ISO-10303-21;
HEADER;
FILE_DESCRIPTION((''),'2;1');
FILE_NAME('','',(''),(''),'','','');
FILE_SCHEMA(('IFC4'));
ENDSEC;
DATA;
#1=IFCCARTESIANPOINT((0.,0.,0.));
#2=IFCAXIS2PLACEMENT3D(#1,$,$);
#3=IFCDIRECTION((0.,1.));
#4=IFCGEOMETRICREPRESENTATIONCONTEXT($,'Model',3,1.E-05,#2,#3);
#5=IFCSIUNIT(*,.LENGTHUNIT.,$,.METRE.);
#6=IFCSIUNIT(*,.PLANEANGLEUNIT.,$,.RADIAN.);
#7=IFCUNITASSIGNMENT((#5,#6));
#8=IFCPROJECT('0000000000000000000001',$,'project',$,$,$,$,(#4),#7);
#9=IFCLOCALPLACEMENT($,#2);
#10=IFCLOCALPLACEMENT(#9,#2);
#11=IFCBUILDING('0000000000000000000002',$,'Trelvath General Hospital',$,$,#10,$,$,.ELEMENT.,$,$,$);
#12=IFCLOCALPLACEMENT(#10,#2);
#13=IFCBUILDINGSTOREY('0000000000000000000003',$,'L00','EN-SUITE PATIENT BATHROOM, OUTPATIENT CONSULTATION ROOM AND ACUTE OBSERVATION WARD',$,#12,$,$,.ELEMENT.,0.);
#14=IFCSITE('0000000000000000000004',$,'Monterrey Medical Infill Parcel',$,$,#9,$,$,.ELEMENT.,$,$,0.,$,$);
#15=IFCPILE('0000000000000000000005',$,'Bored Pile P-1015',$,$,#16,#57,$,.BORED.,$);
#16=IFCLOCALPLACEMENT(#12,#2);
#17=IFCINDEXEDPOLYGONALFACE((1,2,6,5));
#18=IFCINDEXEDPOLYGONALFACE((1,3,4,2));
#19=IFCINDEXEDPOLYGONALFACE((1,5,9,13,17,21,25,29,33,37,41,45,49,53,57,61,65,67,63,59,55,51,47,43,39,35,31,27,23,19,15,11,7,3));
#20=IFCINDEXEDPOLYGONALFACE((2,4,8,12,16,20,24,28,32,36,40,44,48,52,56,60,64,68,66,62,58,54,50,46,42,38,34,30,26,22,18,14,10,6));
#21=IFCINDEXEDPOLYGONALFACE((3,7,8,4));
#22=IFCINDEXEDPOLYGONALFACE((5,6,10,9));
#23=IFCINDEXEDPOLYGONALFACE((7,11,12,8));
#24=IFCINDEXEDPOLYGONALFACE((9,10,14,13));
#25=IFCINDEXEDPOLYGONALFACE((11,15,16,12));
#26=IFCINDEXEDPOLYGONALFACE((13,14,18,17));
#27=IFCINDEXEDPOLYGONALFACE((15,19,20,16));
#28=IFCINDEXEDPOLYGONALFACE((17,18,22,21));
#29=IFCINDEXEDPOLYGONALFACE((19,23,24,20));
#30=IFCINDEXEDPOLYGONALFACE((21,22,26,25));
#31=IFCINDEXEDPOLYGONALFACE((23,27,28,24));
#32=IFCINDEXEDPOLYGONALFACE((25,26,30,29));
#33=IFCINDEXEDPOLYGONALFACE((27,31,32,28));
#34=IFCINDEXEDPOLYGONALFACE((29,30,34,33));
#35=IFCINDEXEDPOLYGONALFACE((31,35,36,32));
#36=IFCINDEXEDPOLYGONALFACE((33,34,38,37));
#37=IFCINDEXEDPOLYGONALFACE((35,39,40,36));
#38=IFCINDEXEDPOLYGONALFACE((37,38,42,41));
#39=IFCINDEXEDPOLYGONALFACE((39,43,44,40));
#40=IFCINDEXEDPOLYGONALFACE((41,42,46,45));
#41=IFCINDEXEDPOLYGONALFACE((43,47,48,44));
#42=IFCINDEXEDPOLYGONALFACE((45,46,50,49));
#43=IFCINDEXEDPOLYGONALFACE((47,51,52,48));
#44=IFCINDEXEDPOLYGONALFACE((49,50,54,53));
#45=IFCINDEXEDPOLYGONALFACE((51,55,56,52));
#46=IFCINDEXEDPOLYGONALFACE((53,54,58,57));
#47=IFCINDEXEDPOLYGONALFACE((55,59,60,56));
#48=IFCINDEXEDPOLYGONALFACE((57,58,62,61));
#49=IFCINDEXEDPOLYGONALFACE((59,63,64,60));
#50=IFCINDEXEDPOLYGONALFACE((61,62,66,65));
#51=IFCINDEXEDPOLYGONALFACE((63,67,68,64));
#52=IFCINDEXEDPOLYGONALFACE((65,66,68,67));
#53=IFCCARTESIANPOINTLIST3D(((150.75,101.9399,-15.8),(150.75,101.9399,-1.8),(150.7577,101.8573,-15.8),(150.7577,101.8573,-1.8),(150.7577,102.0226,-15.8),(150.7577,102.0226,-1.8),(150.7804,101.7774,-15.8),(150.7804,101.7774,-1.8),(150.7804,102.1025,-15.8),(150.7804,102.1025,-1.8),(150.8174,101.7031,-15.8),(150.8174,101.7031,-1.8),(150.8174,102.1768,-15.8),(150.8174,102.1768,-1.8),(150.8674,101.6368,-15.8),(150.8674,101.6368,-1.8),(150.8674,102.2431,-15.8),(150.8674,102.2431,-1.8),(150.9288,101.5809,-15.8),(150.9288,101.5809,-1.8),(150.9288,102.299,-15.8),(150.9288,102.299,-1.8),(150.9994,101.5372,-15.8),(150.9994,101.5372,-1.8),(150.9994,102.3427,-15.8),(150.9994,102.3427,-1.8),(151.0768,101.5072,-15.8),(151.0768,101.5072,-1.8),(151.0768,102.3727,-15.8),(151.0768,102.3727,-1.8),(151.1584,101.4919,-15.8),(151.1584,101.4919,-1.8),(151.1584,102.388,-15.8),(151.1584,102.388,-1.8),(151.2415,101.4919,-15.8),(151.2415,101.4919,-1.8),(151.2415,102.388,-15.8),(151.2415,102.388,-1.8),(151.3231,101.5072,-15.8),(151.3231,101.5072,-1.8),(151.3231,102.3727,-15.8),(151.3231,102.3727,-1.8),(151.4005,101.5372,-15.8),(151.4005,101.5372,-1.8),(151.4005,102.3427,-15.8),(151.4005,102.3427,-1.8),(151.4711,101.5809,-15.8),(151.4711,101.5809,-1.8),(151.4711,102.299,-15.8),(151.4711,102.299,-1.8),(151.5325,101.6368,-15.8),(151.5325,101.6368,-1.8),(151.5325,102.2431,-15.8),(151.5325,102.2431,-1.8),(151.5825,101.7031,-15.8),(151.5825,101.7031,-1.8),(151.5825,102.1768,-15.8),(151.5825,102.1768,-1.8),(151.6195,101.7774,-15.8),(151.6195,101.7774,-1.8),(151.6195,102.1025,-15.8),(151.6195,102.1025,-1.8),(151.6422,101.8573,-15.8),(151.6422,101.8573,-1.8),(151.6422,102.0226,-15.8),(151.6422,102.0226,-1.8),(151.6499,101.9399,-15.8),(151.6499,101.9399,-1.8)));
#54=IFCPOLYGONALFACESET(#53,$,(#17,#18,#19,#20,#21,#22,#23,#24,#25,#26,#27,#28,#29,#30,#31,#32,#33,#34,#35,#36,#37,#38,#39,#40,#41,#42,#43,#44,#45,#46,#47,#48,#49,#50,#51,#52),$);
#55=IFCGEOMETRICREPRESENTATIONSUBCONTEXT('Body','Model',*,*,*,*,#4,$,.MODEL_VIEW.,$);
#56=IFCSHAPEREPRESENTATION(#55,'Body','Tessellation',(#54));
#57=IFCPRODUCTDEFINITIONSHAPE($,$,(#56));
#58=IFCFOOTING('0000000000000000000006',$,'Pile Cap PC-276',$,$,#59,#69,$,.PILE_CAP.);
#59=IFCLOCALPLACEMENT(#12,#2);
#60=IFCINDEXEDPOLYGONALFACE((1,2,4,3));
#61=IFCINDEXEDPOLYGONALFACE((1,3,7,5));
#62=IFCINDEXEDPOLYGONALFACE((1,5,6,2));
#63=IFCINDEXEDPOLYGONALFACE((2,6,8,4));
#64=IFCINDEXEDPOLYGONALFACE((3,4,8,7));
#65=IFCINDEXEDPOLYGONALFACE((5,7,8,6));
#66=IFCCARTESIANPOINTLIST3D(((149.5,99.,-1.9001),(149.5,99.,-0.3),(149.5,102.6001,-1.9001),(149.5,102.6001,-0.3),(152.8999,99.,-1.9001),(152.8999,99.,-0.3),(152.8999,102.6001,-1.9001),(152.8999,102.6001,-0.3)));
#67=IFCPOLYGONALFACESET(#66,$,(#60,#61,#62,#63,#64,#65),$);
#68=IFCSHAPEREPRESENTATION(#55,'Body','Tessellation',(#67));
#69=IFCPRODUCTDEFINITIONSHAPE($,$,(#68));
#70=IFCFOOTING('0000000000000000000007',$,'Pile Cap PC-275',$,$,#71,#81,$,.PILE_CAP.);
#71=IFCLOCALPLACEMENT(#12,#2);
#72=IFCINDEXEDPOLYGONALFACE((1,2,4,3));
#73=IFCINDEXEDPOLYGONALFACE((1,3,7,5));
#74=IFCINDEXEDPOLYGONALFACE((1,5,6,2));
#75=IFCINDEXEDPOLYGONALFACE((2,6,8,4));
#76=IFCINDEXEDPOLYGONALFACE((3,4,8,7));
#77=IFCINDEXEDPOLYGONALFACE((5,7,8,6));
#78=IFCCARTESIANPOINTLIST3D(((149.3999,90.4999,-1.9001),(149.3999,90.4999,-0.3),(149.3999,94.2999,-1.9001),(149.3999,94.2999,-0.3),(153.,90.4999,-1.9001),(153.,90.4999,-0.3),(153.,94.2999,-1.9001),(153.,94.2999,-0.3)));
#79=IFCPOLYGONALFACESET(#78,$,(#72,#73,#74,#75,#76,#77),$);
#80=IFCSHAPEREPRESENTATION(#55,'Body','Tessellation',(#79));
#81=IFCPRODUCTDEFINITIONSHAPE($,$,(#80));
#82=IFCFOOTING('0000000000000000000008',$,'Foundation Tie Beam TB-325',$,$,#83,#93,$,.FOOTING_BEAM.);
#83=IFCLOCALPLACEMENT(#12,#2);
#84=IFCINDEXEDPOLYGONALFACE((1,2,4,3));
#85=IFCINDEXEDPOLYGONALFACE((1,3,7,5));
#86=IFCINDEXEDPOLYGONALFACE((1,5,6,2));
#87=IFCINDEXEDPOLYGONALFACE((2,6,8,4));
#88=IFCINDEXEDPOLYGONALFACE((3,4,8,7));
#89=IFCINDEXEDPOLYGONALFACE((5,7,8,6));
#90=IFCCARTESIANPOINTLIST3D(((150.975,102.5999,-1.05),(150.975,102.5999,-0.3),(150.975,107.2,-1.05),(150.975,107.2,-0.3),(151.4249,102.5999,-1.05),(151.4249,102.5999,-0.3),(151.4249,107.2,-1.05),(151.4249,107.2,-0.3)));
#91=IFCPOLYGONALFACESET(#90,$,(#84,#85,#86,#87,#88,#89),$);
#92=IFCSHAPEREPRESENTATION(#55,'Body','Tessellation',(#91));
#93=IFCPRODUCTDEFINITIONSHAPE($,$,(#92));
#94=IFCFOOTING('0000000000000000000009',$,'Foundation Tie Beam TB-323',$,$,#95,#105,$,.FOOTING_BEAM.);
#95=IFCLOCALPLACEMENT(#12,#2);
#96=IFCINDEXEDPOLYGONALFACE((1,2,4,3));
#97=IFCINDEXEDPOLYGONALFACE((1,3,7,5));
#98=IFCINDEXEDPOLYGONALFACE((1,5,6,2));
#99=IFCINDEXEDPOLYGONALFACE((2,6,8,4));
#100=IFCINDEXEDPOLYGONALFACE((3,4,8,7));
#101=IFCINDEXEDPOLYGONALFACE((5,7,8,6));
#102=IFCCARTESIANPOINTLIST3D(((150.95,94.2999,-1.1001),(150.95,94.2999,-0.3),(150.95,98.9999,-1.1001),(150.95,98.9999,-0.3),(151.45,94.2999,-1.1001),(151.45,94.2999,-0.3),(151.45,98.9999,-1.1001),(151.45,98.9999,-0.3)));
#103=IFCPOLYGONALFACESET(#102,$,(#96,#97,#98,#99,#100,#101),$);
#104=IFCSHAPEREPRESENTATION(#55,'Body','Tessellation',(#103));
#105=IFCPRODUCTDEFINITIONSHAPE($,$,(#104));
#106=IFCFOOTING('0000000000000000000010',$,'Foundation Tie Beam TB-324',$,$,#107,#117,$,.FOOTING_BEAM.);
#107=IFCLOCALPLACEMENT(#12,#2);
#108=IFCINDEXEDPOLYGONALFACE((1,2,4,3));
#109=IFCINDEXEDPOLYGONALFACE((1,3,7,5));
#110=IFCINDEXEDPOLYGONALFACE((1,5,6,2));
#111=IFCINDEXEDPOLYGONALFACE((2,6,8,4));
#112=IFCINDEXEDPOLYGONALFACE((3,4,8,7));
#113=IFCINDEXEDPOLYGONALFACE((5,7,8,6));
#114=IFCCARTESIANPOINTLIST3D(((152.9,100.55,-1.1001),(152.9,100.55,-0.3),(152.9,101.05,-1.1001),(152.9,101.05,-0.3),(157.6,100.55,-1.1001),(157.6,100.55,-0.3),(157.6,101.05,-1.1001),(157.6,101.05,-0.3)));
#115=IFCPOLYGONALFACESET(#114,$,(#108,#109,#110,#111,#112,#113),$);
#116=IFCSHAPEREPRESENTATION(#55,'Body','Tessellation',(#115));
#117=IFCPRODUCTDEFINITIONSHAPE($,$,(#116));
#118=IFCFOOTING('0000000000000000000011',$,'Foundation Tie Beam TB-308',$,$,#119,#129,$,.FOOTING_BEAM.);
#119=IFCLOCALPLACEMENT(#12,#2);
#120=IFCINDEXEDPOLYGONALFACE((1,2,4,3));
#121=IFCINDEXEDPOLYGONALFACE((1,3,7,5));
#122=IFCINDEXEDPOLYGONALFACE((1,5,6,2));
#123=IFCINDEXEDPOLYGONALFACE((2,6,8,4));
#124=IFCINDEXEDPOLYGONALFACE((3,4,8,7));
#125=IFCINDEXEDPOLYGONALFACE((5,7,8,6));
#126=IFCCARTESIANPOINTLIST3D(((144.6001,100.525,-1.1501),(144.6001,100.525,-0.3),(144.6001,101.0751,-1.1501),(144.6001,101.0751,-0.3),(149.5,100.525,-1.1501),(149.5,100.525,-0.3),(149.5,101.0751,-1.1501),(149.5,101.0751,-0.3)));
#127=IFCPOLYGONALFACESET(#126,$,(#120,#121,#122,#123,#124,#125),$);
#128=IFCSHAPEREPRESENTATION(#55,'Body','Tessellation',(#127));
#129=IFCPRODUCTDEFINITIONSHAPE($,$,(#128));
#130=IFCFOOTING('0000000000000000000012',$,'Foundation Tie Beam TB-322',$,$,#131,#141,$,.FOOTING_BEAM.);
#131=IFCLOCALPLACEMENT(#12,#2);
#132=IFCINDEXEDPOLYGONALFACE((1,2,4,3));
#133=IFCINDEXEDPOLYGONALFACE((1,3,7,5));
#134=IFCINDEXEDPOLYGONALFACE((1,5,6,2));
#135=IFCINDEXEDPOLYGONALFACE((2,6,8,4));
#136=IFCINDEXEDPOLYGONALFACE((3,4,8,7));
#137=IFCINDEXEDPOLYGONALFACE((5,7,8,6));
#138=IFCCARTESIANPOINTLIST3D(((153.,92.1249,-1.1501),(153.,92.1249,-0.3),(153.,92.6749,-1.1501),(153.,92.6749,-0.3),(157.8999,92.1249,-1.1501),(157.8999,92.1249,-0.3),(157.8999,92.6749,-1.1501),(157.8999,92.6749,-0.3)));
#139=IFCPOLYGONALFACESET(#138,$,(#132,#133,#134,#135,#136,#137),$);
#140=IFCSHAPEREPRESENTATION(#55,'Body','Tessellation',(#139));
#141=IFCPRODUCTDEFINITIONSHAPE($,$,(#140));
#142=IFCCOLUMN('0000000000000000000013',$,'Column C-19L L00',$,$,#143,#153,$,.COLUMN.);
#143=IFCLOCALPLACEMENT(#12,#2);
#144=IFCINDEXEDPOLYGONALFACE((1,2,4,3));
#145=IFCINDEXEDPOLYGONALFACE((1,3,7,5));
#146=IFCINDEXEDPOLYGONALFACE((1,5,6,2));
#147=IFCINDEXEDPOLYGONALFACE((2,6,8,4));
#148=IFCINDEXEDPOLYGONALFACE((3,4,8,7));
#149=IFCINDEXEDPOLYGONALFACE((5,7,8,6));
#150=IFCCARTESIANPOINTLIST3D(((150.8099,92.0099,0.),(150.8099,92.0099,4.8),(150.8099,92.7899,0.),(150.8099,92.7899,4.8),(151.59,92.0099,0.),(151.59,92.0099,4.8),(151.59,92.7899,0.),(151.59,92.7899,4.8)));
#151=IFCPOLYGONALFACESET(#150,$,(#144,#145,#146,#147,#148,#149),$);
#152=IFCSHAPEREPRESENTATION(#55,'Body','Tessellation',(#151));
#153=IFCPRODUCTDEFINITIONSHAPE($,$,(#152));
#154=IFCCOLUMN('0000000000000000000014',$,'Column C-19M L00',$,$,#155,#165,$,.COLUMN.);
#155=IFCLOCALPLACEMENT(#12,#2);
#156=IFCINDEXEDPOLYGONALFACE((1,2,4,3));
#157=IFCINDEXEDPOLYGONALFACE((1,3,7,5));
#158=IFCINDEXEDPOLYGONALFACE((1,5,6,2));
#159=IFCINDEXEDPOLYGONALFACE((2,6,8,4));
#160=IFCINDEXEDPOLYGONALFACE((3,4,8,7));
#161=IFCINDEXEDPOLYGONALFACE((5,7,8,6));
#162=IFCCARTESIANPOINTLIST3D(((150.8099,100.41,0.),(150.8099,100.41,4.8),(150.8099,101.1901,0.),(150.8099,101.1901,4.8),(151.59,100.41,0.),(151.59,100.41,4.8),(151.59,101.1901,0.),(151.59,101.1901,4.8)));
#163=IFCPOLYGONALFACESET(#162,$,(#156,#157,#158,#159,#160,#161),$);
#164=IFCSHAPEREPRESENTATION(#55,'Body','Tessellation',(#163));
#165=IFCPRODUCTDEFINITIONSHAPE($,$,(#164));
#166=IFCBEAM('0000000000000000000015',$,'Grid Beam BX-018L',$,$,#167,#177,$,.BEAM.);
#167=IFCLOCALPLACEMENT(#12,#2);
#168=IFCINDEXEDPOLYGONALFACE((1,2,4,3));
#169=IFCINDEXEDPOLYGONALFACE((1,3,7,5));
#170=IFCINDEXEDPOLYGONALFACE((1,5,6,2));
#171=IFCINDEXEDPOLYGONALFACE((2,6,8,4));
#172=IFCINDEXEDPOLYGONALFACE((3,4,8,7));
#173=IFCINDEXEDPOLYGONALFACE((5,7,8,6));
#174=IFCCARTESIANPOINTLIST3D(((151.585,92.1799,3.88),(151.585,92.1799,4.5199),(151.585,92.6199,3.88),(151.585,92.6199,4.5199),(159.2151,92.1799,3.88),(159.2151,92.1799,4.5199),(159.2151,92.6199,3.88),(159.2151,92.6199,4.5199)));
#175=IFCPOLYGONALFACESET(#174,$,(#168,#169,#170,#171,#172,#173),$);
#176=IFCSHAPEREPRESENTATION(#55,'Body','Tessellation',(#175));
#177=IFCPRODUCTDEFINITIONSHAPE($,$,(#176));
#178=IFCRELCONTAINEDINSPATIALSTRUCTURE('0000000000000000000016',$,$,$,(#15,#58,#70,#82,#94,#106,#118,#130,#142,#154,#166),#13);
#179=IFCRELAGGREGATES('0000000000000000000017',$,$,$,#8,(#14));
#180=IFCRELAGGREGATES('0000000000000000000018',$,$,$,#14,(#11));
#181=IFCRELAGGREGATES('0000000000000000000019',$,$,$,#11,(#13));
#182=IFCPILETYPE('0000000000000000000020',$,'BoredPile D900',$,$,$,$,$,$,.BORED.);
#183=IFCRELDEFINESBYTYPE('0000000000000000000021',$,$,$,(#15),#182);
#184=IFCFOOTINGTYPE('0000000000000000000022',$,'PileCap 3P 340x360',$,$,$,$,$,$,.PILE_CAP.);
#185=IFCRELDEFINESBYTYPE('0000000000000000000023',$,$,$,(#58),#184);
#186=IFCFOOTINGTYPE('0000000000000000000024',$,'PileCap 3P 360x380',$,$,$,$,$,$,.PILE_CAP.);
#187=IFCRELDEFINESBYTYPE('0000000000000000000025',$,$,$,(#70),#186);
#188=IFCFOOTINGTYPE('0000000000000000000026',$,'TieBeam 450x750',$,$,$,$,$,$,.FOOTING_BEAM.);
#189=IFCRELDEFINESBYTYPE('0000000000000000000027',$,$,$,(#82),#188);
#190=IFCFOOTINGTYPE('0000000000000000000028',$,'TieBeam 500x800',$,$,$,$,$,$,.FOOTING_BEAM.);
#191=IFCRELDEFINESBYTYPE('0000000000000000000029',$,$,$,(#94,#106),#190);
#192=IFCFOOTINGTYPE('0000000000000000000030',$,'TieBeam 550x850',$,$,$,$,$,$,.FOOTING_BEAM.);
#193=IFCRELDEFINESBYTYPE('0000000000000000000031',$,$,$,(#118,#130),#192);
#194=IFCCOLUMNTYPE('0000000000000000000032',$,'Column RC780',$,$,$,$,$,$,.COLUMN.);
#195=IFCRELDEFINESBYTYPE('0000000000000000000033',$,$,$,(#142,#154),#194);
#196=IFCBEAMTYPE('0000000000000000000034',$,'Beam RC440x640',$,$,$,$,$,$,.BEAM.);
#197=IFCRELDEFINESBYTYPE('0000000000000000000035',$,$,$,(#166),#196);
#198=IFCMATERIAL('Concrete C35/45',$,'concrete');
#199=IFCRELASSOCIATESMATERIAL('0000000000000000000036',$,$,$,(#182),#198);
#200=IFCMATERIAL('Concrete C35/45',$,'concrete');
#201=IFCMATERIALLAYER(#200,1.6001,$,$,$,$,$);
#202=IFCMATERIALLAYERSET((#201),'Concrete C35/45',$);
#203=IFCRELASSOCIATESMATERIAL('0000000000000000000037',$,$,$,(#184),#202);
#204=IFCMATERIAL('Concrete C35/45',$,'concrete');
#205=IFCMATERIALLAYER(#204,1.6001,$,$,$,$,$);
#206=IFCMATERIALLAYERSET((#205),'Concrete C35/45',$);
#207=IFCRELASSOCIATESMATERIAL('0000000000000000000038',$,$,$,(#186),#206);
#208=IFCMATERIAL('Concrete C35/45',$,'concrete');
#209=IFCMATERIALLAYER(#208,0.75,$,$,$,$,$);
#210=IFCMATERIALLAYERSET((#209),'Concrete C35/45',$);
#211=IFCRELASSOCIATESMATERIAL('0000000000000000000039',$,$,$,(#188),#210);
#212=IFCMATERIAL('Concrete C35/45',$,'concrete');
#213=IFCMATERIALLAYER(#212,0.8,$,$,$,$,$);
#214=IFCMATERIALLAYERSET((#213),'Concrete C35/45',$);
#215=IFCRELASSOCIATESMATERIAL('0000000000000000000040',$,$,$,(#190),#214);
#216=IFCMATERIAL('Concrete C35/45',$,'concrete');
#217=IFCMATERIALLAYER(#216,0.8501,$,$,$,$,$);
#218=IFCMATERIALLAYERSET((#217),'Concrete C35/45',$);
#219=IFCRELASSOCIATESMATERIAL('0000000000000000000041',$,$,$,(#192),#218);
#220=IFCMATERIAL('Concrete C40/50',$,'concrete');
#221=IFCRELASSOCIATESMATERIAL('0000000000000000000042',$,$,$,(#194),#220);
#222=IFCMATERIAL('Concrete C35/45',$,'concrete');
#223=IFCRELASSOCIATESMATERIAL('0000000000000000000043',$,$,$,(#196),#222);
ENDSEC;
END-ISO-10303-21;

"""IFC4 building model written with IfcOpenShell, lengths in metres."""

from ifc_helpers import new_model, si_unit, direction, frame, origin, origin_2d, place, context, subcontext, project, spatial, rectangle, circle, extrude, material, layer, layer_set, material_profile, profile_set, type_object, element, save


model = new_model("IFC4")

# Units and contexts
model_context = context("Model", 3, precision=1e-05, world=origin(), true_north=direction((0.0, 1.0)))
body_context = subcontext(model_context, "Body", "Model", "MODEL_VIEW")
ifc_project = project(units=[si_unit("LENGTHUNIT", "METRE"), si_unit("PLANEANGLEUNIT", "RADIAN")], contexts=[model_context])

# Site, building, storey
site_placement = place(None, origin())
site = spatial("IfcSite", under=ifc_project, at=site_placement, Name="Monterrey Medical Infill Parcel", CompositionType="ELEMENT", RefElevation=0.0)
building_placement = place(site_placement, origin())
building = spatial("IfcBuilding", under=site, at=building_placement, Name="Trelvath General Hospital", CompositionType="ELEMENT")
storey_placement = place(building_placement, origin())
storey = spatial("IfcBuildingStorey", under=building, at=storey_placement, Name="L00", Description="EN-SUITE PATIENT BATHROOM, OUTPATIENT CONSULTATION ROOM AND ACUTE OBSERVATION WARD", CompositionType="ELEMENT", Elevation=0.0)

# Pile
ifc_material_1 = material(Name="Concrete C35/45", Category="concrete")
ifc_material_profile_1 = material_profile(ifc_material_1, circle(Radius=0.45, at=origin_2d()), Name="PILE900")
ifc_profile_set_1 = profile_set([ifc_material_profile_1], Name="Concrete C35/45")
pile_type_1 = type_object("IfcPileType", Name="BoredPile D900", PredefinedType="BORED", material=ifc_profile_set_1)
for number, where, z_axis, x_axis, name in (
    (1, (151.2, 101.9399, -1.8), (0.0, 0.0, -1.0), (1.0, 0.0, 0.0), "Bored Pile P-1015"),
):
    element("IfcPile", number, at=place(storey_placement, frame(where, z_axis=z_axis, x_axis=x_axis)), inside=storey, type_object=pile_type_1, Name=name, PredefinedType="BORED", context=body_context, shape_type="SweptSolid", body=[
        extrude(circle(Radius=0.45, at=origin_2d()), origin(), (0.0, 0.0, 1.0), 14.0),
    ])

# Footings
ifc_material_2 = material(Name="Concrete C35/45", Category="concrete")
ifc_layer_1 = layer(ifc_material_2, 1.6001)
ifc_layer_set_1 = layer_set([ifc_layer_1], Name="Concrete C35/45")
footing_type_1 = type_object("IfcFootingType", Name="PileCap 3P 340x360", PredefinedType="PILE_CAP", material=ifc_layer_set_1)
footing_1_placement = place(storey_placement, frame((151.2, 100.8, -1.9001), z_axis=(0.0, 0.0, 1.0), x_axis=(1.0, 0.0, 0.0)))
element("IfcFooting", 2, at=footing_1_placement, inside=storey, type_object=footing_type_1, Name="Pile Cap PC-276", PredefinedType="PILE_CAP", context=body_context, shape_type="SweptSolid", body=[
    extrude(rectangle(XDim=3.3999, YDim=3.6001, at=origin_2d()), origin(), (0.0, 0.0, 1.0), 1.6001),
])
ifc_material_3 = material(Name="Concrete C35/45", Category="concrete")
ifc_layer_2 = layer(ifc_material_3, 1.6001)
ifc_layer_set_2 = layer_set([ifc_layer_2], Name="Concrete C35/45")
footing_type_2 = type_object("IfcFootingType", Name="PileCap 3P 360x380", PredefinedType="PILE_CAP", material=ifc_layer_set_2)
footing_2_placement = place(storey_placement, frame((151.2, 92.3999, -1.9001), z_axis=(0.0, 0.0, 1.0), x_axis=(1.0, 0.0, 0.0)))
element("IfcFooting", 3, at=footing_2_placement, inside=storey, type_object=footing_type_2, Name="Pile Cap PC-275", PredefinedType="PILE_CAP", context=body_context, shape_type="SweptSolid", body=[
    extrude(rectangle(XDim=3.6001, YDim=3.8, at=origin_2d()), origin(), (0.0, 0.0, 1.0), 1.6001),
])
ifc_material_4 = material(Name="Concrete C35/45", Category="concrete")
ifc_layer_3 = layer(ifc_material_4, 0.75)
ifc_layer_set_3 = layer_set([ifc_layer_3], Name="Concrete C35/45")
footing_type_3 = type_object("IfcFootingType", Name="TieBeam 450x750", PredefinedType="FOOTING_BEAM", material=ifc_layer_set_3)
footing_3_placement = place(storey_placement, frame((151.2, 104.8999, -1.05), z_axis=(0.0, 0.0, 1.0), x_axis=(1.0, 0.0, 0.0)))
element("IfcFooting", 4, at=footing_3_placement, inside=storey, type_object=footing_type_3, Name="Foundation Tie Beam TB-325", PredefinedType="FOOTING_BEAM", context=body_context, shape_type="SweptSolid", body=[
    extrude(rectangle(XDim=0.45, YDim=4.6001, at=origin_2d()), origin(), (0.0, 0.0, 1.0), 0.75),
])
ifc_material_5 = material(Name="Concrete C35/45", Category="concrete")
ifc_layer_4 = layer(ifc_material_5, 0.8)
ifc_layer_set_4 = layer_set([ifc_layer_4], Name="Concrete C35/45")
footing_type_4 = type_object("IfcFootingType", Name="TieBeam 500x800", PredefinedType="FOOTING_BEAM", material=ifc_layer_set_4)
footing_4_placement = place(storey_placement, frame((151.2, 96.6499, -1.1001), z_axis=(0.0, 0.0, 1.0), x_axis=(1.0, 0.0, 0.0)))
element("IfcFooting", 5, at=footing_4_placement, inside=storey, type_object=footing_type_4, Name="Foundation Tie Beam TB-323", PredefinedType="FOOTING_BEAM", context=body_context, shape_type="SweptSolid", body=[
    extrude(rectangle(XDim=0.5, YDim=4.7, at=origin_2d()), origin(), (0.0, 0.0, 1.0), 0.8),
])
footing_5_placement = place(storey_placement, frame((155.25, 100.8, -1.1001), z_axis=(0.0, 0.0, 1.0), x_axis=(1.0, 0.0, 0.0)))
element("IfcFooting", 6, at=footing_5_placement, inside=storey, type_object=footing_type_4, Name="Foundation Tie Beam TB-324", PredefinedType="FOOTING_BEAM", context=body_context, shape_type="SweptSolid", body=[
    extrude(rectangle(XDim=4.7, YDim=0.5, at=origin_2d()), origin(), (0.0, 0.0, 1.0), 0.8),
])
ifc_material_6 = material(Name="Concrete C35/45", Category="concrete")
ifc_layer_5 = layer(ifc_material_6, 0.8501)
ifc_layer_set_5 = layer_set([ifc_layer_5], Name="Concrete C35/45")
footing_type_5 = type_object("IfcFootingType", Name="TieBeam 550x850", PredefinedType="FOOTING_BEAM", material=ifc_layer_set_5)
for number, where, z_axis, x_axis, name in (
    (7, (147.05, 100.8, -1.1501), (0.0, 0.0, 1.0), (1.0, 0.0, 0.0), "Foundation Tie Beam TB-308"),
    (8, (155.45, 92.3999, -1.1501), (0.0, 0.0, 1.0), (1.0, 0.0, 0.0), "Foundation Tie Beam TB-322"),
):
    element("IfcFooting", number, at=place(storey_placement, frame(where, z_axis=z_axis, x_axis=x_axis)), inside=storey, type_object=footing_type_5, Name=name, PredefinedType="FOOTING_BEAM", context=body_context, shape_type="SweptSolid", body=[
        extrude(rectangle(XDim=4.8999, YDim=0.55, at=origin_2d()), origin(), (0.0, 0.0, 1.0), 0.8501),
    ])

# Columns
ifc_material_7 = material(Name="Concrete C40/50", Category="concrete")
ifc_material_profile_2 = material_profile(ifc_material_7, rectangle(XDim=0.78, YDim=0.78, at=origin_2d()), Name="RC780x780")
ifc_profile_set_2 = profile_set([ifc_material_profile_2], Name="Concrete C40/50")
column_type = type_object("IfcColumnType", Name="Column RC780", PredefinedType="COLUMN", material=ifc_profile_set_2)
for number, where, z_axis, x_axis, name in (
    (9, (151.2, 92.3999, 0.0), (0.0, 0.0, 1.0), (1.0, 0.0, 0.0), "Column C-19L L00"),
    (10, (151.2, 100.8, 0.0), (0.0, 0.0, 1.0), (1.0, 0.0, 0.0), "Column C-19M L00"),
):
    element("IfcColumn", number, at=place(storey_placement, frame(where, z_axis=z_axis, x_axis=x_axis)), inside=storey, type_object=column_type, Name=name, PredefinedType="COLUMN", context=body_context, shape_type="SweptSolid", body=[
        extrude(rectangle(XDim=0.78, YDim=0.78, at=origin_2d()), origin(), (0.0, 0.0, 1.0), 4.8),
    ])

# Beam
ifc_material_8 = material(Name="Concrete C35/45", Category="concrete")
ifc_material_profile_3 = material_profile(ifc_material_8, rectangle(XDim=0.4399, YDim=0.6399, at=origin_2d()), Name="RCB440x640")
ifc_profile_set_3 = profile_set([ifc_material_profile_3], Name="Concrete C35/45")
beam_type_1 = type_object("IfcBeamType", Name="Beam RC440x640", PredefinedType="BEAM", material=ifc_profile_set_3)
for number, where, z_axis, x_axis, name in (
    (11, (151.585, 92.3999, 4.2), (1.0, 0.0, 0.0), (0.0, 1.0, 0.0), "Grid Beam BX-018L"),
):
    element("IfcBeam", number, at=place(storey_placement, frame(where, z_axis=z_axis, x_axis=x_axis)), inside=storey, type_object=beam_type_1, Name=name, PredefinedType="BEAM", context=body_context, shape_type="SweptSolid", body=[
        extrude(rectangle(XDim=0.4399, YDim=0.6399, at=origin_2d()), origin(), (0.0, 0.0, 1.0), 7.6301),
    ])

save(model, "model.ifc")
